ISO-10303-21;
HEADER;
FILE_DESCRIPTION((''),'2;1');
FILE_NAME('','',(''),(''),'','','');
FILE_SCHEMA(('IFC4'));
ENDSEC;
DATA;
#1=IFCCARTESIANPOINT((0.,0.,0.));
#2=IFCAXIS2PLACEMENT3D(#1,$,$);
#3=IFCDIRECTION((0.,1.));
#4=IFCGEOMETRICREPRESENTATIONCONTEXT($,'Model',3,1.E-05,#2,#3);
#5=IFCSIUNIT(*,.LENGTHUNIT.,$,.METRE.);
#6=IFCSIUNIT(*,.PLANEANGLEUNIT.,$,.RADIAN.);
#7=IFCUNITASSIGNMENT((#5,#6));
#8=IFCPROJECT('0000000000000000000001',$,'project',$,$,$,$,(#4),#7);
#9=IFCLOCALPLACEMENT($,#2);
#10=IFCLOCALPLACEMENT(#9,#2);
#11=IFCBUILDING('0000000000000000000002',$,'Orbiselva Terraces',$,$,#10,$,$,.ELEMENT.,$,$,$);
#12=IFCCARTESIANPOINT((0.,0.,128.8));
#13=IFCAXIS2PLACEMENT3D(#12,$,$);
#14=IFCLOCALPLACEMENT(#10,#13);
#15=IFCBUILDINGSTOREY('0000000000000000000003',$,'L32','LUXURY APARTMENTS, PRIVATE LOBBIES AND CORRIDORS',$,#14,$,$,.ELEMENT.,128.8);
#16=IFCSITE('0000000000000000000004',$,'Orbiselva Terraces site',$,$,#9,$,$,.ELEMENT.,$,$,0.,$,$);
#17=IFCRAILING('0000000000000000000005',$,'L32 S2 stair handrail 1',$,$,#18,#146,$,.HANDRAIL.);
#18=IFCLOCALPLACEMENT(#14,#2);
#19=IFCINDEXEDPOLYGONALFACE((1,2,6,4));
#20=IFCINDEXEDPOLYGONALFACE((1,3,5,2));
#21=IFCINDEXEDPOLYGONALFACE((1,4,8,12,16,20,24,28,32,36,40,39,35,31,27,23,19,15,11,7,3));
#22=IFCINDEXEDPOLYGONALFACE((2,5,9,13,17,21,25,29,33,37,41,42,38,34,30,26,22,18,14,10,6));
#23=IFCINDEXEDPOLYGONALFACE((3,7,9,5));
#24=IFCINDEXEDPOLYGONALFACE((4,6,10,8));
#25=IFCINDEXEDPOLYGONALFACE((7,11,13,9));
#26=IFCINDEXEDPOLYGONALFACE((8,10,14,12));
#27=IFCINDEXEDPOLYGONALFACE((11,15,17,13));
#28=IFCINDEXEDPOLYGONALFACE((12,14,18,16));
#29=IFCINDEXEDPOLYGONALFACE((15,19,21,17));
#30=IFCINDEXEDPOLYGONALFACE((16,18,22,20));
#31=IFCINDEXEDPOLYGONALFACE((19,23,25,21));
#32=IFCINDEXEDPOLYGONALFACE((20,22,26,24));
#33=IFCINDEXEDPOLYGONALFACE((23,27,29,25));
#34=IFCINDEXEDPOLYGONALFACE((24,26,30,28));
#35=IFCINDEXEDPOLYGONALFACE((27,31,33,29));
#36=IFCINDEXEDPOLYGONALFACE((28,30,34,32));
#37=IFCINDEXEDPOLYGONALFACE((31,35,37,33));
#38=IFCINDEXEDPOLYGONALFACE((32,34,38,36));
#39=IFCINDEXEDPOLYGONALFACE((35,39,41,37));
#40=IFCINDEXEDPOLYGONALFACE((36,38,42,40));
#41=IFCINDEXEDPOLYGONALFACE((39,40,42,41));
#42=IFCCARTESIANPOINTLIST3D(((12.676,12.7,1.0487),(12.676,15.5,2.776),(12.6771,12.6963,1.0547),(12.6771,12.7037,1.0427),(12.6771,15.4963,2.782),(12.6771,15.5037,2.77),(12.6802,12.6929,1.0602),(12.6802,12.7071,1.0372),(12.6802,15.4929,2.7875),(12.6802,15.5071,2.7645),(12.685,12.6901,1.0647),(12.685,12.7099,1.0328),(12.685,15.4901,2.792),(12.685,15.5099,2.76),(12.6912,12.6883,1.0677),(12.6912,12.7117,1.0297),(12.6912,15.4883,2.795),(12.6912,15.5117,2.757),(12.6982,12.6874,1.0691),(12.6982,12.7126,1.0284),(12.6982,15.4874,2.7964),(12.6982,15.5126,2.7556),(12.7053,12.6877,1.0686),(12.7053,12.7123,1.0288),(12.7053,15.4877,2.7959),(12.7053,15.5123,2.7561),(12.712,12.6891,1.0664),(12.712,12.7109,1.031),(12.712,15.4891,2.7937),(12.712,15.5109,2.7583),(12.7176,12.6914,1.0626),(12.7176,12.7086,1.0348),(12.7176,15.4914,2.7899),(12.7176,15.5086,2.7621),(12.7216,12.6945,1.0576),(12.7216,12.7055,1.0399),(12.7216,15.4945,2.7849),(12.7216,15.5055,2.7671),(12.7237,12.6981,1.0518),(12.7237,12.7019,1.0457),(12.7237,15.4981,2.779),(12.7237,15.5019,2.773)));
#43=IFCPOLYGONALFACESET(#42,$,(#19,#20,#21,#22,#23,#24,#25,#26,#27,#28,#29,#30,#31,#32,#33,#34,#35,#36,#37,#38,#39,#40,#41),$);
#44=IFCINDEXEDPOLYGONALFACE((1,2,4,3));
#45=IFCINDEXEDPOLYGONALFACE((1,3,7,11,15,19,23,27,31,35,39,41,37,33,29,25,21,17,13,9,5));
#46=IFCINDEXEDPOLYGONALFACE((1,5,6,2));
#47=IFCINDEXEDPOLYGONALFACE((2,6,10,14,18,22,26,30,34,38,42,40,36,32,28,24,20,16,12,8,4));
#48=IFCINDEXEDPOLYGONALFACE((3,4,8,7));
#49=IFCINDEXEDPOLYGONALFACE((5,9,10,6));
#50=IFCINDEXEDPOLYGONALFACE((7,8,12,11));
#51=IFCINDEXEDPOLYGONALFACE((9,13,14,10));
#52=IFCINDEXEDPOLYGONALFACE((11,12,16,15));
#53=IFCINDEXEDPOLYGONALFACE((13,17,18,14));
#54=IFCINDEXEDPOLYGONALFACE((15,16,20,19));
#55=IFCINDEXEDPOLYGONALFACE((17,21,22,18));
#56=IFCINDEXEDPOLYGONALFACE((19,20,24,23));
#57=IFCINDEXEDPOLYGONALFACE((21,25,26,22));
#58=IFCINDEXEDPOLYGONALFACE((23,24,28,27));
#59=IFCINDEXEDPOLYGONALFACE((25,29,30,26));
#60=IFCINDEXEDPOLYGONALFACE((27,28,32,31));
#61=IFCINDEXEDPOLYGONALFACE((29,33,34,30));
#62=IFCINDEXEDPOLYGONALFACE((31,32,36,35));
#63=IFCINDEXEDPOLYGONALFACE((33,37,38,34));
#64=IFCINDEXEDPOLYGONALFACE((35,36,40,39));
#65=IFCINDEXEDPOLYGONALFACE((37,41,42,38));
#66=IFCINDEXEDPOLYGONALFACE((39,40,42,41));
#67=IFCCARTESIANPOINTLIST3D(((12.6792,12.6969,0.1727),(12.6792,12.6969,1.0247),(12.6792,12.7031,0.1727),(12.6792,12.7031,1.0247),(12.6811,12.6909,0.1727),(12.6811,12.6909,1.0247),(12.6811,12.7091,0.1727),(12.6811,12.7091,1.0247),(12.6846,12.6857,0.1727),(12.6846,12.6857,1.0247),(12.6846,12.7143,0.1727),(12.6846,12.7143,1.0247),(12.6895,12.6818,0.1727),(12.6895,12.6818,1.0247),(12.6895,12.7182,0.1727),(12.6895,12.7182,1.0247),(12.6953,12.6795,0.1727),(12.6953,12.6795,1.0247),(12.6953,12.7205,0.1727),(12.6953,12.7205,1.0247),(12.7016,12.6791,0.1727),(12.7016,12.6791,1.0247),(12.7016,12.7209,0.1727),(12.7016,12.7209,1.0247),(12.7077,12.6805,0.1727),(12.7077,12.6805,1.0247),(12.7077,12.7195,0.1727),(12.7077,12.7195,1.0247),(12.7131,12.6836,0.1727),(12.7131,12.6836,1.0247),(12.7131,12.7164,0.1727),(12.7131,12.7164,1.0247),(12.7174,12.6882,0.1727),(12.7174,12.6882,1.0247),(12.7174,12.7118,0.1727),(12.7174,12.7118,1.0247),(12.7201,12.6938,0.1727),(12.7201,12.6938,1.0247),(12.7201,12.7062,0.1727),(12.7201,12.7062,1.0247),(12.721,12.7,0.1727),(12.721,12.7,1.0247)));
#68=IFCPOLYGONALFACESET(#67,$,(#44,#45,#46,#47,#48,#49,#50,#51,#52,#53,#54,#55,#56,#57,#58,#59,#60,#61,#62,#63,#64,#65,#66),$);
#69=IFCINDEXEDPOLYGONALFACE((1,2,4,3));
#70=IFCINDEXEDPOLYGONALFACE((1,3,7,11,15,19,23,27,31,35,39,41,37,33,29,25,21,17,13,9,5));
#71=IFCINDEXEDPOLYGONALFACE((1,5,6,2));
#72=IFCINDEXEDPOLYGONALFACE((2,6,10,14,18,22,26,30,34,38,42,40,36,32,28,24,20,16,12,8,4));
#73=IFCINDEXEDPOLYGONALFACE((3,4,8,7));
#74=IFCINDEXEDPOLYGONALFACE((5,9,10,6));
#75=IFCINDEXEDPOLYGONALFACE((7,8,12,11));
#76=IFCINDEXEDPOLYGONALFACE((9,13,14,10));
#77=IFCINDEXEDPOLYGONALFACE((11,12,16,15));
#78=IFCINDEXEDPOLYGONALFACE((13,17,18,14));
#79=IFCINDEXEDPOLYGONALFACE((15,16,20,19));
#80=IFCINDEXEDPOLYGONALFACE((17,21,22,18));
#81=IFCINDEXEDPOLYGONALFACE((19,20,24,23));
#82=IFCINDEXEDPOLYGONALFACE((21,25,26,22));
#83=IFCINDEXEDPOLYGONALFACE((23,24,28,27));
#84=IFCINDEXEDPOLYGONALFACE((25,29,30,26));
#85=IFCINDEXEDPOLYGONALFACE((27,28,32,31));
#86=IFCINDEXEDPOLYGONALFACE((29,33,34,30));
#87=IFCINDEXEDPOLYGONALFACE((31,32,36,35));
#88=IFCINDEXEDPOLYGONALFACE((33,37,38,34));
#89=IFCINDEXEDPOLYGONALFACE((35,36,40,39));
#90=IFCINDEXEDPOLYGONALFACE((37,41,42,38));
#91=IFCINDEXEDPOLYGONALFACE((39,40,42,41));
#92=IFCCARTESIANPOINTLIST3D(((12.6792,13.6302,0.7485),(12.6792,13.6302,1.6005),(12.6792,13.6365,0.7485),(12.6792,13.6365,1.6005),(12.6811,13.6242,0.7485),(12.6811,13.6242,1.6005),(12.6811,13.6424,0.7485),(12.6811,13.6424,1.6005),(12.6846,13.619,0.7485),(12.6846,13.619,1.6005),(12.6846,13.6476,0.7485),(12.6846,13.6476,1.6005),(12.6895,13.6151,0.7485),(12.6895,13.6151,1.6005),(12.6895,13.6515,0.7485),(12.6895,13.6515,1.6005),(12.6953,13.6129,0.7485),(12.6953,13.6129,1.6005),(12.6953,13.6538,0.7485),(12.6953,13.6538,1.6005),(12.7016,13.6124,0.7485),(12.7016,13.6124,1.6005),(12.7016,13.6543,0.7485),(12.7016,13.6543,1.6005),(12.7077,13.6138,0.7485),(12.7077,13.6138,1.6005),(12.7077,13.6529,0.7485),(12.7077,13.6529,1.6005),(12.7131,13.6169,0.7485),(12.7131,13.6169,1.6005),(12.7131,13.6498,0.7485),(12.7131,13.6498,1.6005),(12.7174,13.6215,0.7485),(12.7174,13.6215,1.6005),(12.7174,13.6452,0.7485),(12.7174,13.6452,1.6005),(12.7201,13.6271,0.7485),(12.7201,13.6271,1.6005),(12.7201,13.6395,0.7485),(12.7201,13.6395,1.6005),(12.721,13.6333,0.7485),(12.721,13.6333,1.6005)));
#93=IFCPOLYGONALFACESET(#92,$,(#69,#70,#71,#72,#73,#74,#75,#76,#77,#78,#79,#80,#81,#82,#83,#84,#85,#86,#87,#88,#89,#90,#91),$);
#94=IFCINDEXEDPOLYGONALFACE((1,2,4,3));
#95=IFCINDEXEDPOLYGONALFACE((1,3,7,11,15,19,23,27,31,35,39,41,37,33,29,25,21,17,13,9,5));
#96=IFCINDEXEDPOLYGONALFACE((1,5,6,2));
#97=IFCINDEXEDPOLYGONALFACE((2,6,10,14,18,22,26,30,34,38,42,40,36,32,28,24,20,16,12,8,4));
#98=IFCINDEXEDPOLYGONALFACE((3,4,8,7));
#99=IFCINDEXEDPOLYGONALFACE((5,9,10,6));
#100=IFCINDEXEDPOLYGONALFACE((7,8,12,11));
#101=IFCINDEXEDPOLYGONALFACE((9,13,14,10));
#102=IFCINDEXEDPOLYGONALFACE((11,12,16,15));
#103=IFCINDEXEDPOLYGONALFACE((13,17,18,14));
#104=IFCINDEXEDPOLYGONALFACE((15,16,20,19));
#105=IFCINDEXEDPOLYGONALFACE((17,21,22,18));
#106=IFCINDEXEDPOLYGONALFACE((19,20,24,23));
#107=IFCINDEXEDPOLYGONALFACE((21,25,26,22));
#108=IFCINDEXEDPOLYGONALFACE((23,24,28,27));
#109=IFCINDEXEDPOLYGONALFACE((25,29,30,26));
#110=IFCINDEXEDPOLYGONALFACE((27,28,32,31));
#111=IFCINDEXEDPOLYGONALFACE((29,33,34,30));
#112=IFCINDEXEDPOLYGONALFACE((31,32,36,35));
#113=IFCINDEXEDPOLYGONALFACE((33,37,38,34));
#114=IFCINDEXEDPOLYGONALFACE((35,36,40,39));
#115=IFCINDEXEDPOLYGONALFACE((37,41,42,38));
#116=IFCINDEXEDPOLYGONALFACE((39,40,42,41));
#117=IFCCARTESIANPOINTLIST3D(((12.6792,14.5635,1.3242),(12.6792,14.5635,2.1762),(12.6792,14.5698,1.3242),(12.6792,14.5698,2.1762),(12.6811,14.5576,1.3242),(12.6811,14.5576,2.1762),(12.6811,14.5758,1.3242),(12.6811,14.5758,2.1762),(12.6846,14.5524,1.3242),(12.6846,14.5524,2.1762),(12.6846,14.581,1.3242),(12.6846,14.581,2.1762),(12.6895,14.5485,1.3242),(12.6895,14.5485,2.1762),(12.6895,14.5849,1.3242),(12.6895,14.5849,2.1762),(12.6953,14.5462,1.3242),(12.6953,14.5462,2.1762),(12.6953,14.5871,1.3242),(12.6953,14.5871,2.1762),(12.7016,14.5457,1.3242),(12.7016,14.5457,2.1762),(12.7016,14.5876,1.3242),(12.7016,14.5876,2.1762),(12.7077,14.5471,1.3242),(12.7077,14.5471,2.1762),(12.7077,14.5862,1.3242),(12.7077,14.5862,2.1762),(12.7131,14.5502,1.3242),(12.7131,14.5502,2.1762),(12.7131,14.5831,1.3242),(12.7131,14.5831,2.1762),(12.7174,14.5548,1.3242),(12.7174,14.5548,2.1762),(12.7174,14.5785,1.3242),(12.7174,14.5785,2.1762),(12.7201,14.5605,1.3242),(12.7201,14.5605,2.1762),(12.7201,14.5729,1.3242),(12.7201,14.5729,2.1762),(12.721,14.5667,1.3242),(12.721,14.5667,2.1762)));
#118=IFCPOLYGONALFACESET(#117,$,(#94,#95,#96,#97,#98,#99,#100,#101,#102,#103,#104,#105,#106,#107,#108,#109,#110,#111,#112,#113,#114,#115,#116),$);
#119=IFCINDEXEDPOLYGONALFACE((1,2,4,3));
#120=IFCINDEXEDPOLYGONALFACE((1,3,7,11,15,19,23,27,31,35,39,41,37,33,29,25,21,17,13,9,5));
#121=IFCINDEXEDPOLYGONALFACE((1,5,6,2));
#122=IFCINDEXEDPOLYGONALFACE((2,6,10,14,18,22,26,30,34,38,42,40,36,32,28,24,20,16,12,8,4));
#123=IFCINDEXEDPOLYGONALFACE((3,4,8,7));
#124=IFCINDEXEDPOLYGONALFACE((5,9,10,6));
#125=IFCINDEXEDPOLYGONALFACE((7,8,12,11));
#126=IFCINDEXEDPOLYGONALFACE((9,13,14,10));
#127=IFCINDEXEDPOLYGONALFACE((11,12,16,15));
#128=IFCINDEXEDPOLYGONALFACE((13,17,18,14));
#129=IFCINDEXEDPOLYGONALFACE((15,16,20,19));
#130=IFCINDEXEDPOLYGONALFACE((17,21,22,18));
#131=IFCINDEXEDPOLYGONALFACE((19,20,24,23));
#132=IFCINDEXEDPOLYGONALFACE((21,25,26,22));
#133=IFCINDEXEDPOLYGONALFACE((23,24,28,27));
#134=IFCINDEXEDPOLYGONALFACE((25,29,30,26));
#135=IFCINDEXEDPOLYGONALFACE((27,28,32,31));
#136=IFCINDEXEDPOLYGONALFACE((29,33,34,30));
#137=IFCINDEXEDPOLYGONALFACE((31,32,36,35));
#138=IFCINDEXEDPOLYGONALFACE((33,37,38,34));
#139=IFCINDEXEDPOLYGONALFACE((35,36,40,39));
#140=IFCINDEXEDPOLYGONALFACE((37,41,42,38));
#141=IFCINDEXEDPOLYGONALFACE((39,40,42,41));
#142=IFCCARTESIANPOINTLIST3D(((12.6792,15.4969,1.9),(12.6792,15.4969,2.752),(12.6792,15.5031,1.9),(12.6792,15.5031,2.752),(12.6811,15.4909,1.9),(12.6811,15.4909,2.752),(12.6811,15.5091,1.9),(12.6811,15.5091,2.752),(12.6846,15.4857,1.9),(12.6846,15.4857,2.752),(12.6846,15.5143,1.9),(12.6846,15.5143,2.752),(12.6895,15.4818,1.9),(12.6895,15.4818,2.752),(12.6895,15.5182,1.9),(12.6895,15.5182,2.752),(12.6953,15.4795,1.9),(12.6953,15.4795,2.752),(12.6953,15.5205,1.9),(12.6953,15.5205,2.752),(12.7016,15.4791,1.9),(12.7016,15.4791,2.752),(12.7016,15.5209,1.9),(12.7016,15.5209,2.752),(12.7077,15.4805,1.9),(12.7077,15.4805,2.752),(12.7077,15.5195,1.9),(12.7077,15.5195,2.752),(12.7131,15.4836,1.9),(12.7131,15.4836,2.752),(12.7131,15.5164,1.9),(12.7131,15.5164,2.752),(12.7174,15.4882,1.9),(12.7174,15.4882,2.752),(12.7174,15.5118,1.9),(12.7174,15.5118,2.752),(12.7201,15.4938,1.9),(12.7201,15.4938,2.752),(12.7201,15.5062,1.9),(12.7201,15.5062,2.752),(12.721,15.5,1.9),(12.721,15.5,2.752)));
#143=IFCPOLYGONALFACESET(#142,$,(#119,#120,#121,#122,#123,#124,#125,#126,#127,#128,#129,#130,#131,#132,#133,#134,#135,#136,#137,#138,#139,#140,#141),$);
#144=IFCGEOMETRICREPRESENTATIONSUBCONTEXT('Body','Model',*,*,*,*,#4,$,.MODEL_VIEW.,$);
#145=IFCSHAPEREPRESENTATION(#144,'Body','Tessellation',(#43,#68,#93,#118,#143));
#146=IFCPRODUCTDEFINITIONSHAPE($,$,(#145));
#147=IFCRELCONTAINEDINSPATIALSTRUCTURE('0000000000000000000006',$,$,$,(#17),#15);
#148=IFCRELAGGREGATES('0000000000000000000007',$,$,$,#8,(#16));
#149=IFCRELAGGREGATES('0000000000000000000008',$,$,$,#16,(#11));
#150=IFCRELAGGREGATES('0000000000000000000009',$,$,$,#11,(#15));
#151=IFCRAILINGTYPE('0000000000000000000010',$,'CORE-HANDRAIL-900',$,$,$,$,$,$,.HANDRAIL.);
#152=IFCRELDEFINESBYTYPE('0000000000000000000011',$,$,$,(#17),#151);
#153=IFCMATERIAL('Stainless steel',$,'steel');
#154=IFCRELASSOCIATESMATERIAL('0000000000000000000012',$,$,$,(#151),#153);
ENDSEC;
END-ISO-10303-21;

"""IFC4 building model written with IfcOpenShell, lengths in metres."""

from ifc_helpers import new_model, si_unit, direction, frame, origin, origin_2d, place, context, subcontext, project, spatial, circle, extrude, material, type_object, element, save


model = new_model("IFC4")

# Units and contexts
model_context = context("Model", 3, precision=1e-05, world=origin(), true_north=direction((0.0, 1.0)))
body_context = subcontext(model_context, "Body", "Model", "MODEL_VIEW")
ifc_project = project(units=[si_unit("LENGTHUNIT", "METRE"), si_unit("PLANEANGLEUNIT", "RADIAN")], contexts=[model_context])

# Site, building, storey
site_placement = place(None, origin())
site = spatial("IfcSite", under=ifc_project, at=site_placement, Name="Orbiselva Terraces site", CompositionType="ELEMENT", RefElevation=0.0)
building_placement = place(site_placement, origin())
building = spatial("IfcBuilding", under=site, at=building_placement, Name="Orbiselva Terraces", CompositionType="ELEMENT")
storey_placement = place(building_placement, frame((0.0, 0.0, 128.8)))
storey = spatial("IfcBuildingStorey", under=building, at=storey_placement, Name="L32", Description="LUXURY APARTMENTS, PRIVATE LOBBIES AND CORRIDORS", CompositionType="ELEMENT", Elevation=128.8)

# Railing
ifc_material_1 = material(Name="Stainless steel", Category="steel")
railing_type = type_object("IfcRailingType", Name="CORE-HANDRAIL-900", PredefinedType="HANDRAIL", material=ifc_material_1)
railing_placement = place(storey_placement, frame((12.7, 12.7, 0.1727)))
element("IfcRailing", 1, at=railing_placement, inside=storey, type_object=railing_type, Name="L32 S2 stair handrail 1", PredefinedType="HANDRAIL", context=body_context, shape_type="SweptSolid", body=[
    extrude(circle(Radius=0.024, at=origin_2d()), frame((0.0, 0.0, 0.876), z_axis=(0.0, 0.851089, 0.525022), x_axis=(-1.0, 0.0, 0.0)), (0.0, 0.0, 1.0), 3.2899),
    extrude(circle(Radius=0.021, at=origin_2d()), origin(), (0.0, 0.0, 1.0), 0.852),
    extrude(circle(Radius=0.021, at=origin_2d()), frame((0.0, 0.9333, 0.5758)), (0.0, 0.0, 1.0), 0.852),
    extrude(circle(Radius=0.021, at=origin_2d()), frame((0.0, 1.8667, 1.1515)), (0.0, 0.0, 1.0), 0.852),
    extrude(circle(Radius=0.021, at=origin_2d()), frame((0.0, 2.8, 1.7273)), (0.0, 0.0, 1.0), 0.852),
])

save(model, "model.ifc")
